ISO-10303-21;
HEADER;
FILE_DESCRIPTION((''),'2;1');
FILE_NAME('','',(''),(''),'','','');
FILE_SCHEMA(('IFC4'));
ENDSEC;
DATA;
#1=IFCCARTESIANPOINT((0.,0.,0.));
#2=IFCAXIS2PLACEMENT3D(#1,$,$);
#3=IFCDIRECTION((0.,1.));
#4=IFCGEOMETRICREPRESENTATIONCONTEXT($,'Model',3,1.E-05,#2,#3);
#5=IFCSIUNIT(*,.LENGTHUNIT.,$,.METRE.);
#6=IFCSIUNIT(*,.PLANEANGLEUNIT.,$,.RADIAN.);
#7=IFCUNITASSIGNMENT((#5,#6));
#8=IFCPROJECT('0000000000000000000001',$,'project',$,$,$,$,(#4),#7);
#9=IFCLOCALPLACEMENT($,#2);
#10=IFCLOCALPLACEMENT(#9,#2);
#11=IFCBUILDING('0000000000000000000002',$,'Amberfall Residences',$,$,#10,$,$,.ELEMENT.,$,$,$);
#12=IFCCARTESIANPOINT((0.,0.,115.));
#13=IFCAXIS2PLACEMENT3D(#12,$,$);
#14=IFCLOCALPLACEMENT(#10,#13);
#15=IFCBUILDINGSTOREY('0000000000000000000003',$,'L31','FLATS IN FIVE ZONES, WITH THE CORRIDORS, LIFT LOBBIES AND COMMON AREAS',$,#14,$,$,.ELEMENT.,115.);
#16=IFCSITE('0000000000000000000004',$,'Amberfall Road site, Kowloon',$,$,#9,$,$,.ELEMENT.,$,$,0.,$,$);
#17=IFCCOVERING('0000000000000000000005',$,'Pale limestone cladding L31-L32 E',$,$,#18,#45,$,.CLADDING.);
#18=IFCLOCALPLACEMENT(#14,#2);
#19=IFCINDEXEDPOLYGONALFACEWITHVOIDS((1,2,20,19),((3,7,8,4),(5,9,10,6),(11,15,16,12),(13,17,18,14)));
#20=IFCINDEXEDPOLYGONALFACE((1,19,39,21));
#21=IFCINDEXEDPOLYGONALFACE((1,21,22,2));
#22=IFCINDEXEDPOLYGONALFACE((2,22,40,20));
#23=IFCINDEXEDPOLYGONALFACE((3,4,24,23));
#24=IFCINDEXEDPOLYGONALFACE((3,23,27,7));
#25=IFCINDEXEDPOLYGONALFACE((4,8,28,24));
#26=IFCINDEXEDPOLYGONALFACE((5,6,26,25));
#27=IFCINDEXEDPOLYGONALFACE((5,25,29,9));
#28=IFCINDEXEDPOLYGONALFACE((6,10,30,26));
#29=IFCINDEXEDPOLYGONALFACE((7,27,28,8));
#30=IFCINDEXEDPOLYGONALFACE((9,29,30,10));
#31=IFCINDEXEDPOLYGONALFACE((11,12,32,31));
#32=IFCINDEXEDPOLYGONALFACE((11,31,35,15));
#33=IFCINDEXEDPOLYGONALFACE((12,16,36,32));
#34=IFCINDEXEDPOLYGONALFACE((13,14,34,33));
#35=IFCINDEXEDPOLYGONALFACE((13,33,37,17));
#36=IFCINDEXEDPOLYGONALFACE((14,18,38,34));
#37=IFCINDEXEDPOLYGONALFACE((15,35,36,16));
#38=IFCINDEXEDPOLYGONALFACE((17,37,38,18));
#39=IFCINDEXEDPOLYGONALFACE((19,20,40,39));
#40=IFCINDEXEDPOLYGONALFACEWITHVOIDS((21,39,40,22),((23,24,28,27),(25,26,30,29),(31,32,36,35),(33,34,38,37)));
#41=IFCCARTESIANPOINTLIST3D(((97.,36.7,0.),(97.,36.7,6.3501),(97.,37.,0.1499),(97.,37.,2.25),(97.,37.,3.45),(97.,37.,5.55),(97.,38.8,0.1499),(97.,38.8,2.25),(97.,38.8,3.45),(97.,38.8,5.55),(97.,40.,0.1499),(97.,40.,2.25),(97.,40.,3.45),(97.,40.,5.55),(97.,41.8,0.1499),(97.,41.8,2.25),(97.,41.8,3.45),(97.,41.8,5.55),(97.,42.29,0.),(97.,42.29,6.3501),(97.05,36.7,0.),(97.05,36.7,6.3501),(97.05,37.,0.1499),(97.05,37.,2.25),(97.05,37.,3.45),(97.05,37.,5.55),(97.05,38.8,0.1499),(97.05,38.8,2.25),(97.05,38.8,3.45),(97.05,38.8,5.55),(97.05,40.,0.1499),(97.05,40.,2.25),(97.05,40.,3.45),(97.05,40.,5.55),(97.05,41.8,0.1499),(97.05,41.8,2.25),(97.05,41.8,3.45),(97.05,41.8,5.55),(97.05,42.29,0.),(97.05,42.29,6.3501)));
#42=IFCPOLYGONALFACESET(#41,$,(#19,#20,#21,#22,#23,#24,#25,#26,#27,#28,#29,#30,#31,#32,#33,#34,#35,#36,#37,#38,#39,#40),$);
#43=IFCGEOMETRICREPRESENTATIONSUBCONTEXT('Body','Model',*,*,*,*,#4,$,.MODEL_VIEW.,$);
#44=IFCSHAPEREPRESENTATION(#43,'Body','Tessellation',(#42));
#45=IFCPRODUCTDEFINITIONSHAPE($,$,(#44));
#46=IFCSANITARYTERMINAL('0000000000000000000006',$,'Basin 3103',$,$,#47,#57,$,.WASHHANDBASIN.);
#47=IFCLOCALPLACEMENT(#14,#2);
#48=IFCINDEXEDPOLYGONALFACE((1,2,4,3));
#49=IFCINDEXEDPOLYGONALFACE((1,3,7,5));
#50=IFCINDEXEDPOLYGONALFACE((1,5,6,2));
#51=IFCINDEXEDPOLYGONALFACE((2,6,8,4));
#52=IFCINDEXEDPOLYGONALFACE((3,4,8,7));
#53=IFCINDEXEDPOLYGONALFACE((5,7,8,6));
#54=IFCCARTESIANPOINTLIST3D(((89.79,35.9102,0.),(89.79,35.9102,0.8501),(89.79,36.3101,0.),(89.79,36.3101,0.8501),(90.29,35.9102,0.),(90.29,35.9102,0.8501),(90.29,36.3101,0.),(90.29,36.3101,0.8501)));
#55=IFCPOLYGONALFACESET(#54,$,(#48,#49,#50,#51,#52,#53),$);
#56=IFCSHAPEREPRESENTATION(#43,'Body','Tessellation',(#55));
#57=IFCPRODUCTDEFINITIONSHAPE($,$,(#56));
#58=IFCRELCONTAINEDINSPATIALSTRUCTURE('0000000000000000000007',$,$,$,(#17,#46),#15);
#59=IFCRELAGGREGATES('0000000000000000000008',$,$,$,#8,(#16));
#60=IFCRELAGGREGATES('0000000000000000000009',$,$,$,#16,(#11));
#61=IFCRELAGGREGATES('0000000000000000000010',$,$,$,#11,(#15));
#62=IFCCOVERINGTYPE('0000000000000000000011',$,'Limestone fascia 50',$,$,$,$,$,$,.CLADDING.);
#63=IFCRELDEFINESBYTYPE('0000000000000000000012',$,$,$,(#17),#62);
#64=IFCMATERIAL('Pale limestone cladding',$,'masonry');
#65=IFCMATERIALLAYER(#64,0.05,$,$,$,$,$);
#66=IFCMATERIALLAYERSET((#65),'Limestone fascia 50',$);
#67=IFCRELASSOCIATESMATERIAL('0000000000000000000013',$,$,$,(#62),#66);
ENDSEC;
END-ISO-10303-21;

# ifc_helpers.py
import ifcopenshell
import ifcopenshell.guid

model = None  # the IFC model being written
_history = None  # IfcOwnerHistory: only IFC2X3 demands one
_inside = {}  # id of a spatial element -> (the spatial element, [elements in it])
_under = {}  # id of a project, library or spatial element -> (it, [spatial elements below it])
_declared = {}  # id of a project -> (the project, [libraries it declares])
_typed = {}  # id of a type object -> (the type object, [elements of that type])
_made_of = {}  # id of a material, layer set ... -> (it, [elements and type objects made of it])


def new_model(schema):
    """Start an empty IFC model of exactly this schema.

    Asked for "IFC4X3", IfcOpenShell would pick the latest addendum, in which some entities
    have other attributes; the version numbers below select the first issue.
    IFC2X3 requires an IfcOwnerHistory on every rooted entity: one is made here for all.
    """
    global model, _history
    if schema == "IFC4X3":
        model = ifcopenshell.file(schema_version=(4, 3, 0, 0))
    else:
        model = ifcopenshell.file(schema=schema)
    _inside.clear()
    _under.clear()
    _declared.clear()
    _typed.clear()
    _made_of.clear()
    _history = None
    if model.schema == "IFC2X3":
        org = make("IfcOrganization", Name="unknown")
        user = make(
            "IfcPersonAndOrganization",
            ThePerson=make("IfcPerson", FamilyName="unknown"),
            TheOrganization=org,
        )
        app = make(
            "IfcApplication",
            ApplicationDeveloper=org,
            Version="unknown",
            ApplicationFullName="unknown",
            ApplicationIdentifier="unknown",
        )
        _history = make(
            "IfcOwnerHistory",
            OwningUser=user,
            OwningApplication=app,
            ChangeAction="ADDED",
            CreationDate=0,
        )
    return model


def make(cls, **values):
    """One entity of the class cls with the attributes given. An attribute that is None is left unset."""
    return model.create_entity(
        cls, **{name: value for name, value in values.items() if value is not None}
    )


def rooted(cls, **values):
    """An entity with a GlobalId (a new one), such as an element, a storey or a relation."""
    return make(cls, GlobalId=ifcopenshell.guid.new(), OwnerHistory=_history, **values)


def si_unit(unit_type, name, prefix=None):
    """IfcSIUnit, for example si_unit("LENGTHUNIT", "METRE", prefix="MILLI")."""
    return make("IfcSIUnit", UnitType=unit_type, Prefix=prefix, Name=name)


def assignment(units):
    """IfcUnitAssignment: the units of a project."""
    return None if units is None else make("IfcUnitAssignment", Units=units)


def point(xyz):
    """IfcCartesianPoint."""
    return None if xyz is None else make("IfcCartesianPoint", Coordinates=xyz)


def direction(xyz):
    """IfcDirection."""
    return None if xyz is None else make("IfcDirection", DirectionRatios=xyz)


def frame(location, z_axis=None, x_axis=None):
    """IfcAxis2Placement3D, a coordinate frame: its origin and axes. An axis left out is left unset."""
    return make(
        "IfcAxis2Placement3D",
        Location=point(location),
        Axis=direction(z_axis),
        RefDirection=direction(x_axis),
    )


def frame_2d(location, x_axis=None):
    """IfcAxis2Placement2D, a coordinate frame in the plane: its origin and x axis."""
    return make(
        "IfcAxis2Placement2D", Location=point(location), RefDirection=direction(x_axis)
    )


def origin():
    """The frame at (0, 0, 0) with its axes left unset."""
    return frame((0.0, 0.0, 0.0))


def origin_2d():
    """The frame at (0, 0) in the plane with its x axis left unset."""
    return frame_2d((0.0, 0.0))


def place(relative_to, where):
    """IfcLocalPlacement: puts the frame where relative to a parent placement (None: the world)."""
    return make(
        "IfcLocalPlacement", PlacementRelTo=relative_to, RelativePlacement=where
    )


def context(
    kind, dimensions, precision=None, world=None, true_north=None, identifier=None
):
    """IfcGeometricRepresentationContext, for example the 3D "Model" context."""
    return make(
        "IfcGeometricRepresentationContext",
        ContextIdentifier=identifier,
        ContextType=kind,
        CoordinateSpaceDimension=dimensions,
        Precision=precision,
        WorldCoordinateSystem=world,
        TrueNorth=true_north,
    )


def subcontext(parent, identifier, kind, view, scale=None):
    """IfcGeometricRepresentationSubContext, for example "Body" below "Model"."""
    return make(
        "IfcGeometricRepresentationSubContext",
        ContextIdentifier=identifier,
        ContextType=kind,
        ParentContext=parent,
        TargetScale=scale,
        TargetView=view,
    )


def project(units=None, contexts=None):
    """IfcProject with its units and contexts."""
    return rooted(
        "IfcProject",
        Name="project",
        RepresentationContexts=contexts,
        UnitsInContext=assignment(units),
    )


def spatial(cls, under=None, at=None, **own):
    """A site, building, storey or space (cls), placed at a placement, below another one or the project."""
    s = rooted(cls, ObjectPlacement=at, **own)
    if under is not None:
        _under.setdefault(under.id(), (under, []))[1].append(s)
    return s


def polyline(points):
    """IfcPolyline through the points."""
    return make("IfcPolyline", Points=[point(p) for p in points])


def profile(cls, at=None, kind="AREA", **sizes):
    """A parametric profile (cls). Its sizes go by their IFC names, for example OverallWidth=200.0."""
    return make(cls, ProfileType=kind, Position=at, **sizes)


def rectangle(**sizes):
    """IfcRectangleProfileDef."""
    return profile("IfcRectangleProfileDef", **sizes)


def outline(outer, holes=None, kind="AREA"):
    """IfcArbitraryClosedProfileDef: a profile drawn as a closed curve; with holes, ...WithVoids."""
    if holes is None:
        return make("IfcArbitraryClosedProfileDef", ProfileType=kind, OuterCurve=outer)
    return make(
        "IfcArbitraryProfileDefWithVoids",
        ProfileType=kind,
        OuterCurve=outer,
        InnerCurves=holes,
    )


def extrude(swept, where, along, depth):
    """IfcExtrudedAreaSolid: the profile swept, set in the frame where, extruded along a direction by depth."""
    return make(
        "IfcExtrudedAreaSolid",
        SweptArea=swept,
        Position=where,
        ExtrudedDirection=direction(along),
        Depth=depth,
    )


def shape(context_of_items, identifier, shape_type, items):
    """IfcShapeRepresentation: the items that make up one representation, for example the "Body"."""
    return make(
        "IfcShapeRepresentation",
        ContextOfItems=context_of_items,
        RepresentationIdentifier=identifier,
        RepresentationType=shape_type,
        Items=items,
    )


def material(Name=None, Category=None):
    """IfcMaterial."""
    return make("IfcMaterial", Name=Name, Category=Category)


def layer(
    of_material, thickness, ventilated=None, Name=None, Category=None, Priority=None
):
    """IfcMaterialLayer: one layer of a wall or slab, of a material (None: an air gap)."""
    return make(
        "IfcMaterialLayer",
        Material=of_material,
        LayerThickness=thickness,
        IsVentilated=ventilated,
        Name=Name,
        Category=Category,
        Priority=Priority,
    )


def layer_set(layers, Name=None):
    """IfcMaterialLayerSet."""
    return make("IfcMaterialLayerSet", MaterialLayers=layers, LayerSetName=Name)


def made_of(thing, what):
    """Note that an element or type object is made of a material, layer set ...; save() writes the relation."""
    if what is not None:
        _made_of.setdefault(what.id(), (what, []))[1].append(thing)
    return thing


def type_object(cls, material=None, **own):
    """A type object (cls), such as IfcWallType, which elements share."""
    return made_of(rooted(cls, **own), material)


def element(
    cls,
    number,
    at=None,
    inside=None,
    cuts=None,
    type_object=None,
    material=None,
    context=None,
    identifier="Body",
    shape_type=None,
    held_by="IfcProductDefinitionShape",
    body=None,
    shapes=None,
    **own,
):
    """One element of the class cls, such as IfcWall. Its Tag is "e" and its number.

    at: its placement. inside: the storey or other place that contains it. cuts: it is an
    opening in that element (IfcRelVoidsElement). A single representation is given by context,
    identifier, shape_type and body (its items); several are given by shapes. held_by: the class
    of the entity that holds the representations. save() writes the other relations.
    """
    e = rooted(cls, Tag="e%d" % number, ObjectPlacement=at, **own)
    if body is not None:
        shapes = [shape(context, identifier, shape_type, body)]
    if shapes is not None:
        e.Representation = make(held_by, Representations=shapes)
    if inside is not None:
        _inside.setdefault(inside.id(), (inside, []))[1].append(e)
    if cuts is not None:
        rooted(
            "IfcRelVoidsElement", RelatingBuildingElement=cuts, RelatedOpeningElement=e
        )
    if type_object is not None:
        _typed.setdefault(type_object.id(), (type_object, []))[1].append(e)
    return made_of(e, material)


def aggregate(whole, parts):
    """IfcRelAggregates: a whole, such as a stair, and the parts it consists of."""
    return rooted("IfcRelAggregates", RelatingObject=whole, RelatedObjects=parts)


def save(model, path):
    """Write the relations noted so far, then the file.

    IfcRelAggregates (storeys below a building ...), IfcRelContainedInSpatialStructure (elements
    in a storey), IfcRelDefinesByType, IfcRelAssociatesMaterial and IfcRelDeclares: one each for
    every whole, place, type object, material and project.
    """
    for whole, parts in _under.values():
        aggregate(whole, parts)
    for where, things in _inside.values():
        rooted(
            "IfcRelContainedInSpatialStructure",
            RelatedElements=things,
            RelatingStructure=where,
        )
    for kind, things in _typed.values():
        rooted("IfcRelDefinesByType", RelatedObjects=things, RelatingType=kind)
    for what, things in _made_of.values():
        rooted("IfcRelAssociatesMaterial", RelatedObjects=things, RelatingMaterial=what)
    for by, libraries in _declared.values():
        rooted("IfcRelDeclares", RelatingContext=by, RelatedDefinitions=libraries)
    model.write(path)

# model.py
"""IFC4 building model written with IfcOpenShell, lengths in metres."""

from ifc_helpers import new_model, si_unit, direction, frame, origin, origin_2d, place, context, subcontext, project, spatial, polyline, rectangle, outline, extrude, material, layer, layer_set, type_object, element, save


model = new_model("IFC4")

# Units and contexts
model_context = context("Model", 3, precision=1e-05, world=origin(), true_north=direction((0.0, 1.0)))
body_context = subcontext(model_context, "Body", "Model", "MODEL_VIEW")
ifc_project = project(units=[si_unit("LENGTHUNIT", "METRE"), si_unit("PLANEANGLEUNIT", "RADIAN")], contexts=[model_context])

# Site, building, storey
site_placement = place(None, origin())
site = spatial("IfcSite", under=ifc_project, at=site_placement, Name="Amberfall Road site, Kowloon", CompositionType="ELEMENT", RefElevation=0.0)
building_placement = place(site_placement, origin())
building = spatial("IfcBuilding", under=site, at=building_placement, Name="Amberfall Residences", CompositionType="ELEMENT")
storey_placement = place(building_placement, frame((0.0, 0.0, 115.0)))
storey = spatial("IfcBuildingStorey", under=building, at=storey_placement, Name="L31", Description="FLATS IN FIVE ZONES, WITH THE CORRIDORS, LIFT LOBBIES AND COMMON AREAS", CompositionType="ELEMENT", Elevation=115.0)

# Covering
ifc_material_1 = material(Name="Pale limestone cladding", Category="masonry")
ifc_layer_1 = layer(ifc_material_1, 0.05)
ifc_layer_set_1 = layer_set([ifc_layer_1], Name="Limestone fascia 50")
covering_type = type_object("IfcCoveringType", Name="Limestone fascia 50", PredefinedType="CLADDING", material=ifc_layer_set_1)
covering_1_placement = place(storey_placement, frame((97.0, 36.7, 6.3501), z_axis=(-1.0, 0.0, 0.0), x_axis=(0.0, 1.0, 0.0)))
element("IfcCovering", 1, at=covering_1_placement, inside=storey, type_object=covering_type, Name="Pale limestone cladding L31-L32 E", PredefinedType="CLADDING", context=body_context, shape_type="SweptSolid", body=[
    extrude(outline(polyline([(0.0, 0.0), (5.5901, 0.0), (5.5901, 6.3501), (0.0, 6.3501), (0.0, 0.0)]), holes=[polyline([(0.3, 4.1001), (2.1001, 4.1001), (2.1001, 6.2002), (0.3, 6.2002), (0.3, 4.1001)]), polyline([(3.3, 4.1001), (5.1001, 4.1001), (5.1001, 6.2002), (3.3, 6.2002), (3.3, 4.1001)]), polyline([(0.3, 0.8), (2.1001, 0.8), (2.1001, 2.9001), (0.3, 2.9001), (0.3, 0.8)]), polyline([(3.3, 0.8), (5.1001, 0.8), (5.1001, 2.9001), (3.3, 2.9001), (3.3, 0.8)])]), origin(), (0.0, 0.0, -1.0), 0.05),
])

# Sanitary terminal
sanitary_terminal_placement = place(storey_placement, frame((90.04, 36.1101, 0.0), z_axis=(0.0, 0.0, 1.0), x_axis=(1.0, 0.0, 0.0)))
element("IfcSanitaryTerminal", 2, at=sanitary_terminal_placement, inside=storey, Name="Basin 3103", PredefinedType="WASHHANDBASIN", context=body_context, shape_type="SweptSolid", body=[
    extrude(rectangle(XDim=0.5, YDim=0.3999, at=origin_2d()), origin(), (0.0, 0.0, 1.0), 0.8501),
])

save(model, "model.ifc")
